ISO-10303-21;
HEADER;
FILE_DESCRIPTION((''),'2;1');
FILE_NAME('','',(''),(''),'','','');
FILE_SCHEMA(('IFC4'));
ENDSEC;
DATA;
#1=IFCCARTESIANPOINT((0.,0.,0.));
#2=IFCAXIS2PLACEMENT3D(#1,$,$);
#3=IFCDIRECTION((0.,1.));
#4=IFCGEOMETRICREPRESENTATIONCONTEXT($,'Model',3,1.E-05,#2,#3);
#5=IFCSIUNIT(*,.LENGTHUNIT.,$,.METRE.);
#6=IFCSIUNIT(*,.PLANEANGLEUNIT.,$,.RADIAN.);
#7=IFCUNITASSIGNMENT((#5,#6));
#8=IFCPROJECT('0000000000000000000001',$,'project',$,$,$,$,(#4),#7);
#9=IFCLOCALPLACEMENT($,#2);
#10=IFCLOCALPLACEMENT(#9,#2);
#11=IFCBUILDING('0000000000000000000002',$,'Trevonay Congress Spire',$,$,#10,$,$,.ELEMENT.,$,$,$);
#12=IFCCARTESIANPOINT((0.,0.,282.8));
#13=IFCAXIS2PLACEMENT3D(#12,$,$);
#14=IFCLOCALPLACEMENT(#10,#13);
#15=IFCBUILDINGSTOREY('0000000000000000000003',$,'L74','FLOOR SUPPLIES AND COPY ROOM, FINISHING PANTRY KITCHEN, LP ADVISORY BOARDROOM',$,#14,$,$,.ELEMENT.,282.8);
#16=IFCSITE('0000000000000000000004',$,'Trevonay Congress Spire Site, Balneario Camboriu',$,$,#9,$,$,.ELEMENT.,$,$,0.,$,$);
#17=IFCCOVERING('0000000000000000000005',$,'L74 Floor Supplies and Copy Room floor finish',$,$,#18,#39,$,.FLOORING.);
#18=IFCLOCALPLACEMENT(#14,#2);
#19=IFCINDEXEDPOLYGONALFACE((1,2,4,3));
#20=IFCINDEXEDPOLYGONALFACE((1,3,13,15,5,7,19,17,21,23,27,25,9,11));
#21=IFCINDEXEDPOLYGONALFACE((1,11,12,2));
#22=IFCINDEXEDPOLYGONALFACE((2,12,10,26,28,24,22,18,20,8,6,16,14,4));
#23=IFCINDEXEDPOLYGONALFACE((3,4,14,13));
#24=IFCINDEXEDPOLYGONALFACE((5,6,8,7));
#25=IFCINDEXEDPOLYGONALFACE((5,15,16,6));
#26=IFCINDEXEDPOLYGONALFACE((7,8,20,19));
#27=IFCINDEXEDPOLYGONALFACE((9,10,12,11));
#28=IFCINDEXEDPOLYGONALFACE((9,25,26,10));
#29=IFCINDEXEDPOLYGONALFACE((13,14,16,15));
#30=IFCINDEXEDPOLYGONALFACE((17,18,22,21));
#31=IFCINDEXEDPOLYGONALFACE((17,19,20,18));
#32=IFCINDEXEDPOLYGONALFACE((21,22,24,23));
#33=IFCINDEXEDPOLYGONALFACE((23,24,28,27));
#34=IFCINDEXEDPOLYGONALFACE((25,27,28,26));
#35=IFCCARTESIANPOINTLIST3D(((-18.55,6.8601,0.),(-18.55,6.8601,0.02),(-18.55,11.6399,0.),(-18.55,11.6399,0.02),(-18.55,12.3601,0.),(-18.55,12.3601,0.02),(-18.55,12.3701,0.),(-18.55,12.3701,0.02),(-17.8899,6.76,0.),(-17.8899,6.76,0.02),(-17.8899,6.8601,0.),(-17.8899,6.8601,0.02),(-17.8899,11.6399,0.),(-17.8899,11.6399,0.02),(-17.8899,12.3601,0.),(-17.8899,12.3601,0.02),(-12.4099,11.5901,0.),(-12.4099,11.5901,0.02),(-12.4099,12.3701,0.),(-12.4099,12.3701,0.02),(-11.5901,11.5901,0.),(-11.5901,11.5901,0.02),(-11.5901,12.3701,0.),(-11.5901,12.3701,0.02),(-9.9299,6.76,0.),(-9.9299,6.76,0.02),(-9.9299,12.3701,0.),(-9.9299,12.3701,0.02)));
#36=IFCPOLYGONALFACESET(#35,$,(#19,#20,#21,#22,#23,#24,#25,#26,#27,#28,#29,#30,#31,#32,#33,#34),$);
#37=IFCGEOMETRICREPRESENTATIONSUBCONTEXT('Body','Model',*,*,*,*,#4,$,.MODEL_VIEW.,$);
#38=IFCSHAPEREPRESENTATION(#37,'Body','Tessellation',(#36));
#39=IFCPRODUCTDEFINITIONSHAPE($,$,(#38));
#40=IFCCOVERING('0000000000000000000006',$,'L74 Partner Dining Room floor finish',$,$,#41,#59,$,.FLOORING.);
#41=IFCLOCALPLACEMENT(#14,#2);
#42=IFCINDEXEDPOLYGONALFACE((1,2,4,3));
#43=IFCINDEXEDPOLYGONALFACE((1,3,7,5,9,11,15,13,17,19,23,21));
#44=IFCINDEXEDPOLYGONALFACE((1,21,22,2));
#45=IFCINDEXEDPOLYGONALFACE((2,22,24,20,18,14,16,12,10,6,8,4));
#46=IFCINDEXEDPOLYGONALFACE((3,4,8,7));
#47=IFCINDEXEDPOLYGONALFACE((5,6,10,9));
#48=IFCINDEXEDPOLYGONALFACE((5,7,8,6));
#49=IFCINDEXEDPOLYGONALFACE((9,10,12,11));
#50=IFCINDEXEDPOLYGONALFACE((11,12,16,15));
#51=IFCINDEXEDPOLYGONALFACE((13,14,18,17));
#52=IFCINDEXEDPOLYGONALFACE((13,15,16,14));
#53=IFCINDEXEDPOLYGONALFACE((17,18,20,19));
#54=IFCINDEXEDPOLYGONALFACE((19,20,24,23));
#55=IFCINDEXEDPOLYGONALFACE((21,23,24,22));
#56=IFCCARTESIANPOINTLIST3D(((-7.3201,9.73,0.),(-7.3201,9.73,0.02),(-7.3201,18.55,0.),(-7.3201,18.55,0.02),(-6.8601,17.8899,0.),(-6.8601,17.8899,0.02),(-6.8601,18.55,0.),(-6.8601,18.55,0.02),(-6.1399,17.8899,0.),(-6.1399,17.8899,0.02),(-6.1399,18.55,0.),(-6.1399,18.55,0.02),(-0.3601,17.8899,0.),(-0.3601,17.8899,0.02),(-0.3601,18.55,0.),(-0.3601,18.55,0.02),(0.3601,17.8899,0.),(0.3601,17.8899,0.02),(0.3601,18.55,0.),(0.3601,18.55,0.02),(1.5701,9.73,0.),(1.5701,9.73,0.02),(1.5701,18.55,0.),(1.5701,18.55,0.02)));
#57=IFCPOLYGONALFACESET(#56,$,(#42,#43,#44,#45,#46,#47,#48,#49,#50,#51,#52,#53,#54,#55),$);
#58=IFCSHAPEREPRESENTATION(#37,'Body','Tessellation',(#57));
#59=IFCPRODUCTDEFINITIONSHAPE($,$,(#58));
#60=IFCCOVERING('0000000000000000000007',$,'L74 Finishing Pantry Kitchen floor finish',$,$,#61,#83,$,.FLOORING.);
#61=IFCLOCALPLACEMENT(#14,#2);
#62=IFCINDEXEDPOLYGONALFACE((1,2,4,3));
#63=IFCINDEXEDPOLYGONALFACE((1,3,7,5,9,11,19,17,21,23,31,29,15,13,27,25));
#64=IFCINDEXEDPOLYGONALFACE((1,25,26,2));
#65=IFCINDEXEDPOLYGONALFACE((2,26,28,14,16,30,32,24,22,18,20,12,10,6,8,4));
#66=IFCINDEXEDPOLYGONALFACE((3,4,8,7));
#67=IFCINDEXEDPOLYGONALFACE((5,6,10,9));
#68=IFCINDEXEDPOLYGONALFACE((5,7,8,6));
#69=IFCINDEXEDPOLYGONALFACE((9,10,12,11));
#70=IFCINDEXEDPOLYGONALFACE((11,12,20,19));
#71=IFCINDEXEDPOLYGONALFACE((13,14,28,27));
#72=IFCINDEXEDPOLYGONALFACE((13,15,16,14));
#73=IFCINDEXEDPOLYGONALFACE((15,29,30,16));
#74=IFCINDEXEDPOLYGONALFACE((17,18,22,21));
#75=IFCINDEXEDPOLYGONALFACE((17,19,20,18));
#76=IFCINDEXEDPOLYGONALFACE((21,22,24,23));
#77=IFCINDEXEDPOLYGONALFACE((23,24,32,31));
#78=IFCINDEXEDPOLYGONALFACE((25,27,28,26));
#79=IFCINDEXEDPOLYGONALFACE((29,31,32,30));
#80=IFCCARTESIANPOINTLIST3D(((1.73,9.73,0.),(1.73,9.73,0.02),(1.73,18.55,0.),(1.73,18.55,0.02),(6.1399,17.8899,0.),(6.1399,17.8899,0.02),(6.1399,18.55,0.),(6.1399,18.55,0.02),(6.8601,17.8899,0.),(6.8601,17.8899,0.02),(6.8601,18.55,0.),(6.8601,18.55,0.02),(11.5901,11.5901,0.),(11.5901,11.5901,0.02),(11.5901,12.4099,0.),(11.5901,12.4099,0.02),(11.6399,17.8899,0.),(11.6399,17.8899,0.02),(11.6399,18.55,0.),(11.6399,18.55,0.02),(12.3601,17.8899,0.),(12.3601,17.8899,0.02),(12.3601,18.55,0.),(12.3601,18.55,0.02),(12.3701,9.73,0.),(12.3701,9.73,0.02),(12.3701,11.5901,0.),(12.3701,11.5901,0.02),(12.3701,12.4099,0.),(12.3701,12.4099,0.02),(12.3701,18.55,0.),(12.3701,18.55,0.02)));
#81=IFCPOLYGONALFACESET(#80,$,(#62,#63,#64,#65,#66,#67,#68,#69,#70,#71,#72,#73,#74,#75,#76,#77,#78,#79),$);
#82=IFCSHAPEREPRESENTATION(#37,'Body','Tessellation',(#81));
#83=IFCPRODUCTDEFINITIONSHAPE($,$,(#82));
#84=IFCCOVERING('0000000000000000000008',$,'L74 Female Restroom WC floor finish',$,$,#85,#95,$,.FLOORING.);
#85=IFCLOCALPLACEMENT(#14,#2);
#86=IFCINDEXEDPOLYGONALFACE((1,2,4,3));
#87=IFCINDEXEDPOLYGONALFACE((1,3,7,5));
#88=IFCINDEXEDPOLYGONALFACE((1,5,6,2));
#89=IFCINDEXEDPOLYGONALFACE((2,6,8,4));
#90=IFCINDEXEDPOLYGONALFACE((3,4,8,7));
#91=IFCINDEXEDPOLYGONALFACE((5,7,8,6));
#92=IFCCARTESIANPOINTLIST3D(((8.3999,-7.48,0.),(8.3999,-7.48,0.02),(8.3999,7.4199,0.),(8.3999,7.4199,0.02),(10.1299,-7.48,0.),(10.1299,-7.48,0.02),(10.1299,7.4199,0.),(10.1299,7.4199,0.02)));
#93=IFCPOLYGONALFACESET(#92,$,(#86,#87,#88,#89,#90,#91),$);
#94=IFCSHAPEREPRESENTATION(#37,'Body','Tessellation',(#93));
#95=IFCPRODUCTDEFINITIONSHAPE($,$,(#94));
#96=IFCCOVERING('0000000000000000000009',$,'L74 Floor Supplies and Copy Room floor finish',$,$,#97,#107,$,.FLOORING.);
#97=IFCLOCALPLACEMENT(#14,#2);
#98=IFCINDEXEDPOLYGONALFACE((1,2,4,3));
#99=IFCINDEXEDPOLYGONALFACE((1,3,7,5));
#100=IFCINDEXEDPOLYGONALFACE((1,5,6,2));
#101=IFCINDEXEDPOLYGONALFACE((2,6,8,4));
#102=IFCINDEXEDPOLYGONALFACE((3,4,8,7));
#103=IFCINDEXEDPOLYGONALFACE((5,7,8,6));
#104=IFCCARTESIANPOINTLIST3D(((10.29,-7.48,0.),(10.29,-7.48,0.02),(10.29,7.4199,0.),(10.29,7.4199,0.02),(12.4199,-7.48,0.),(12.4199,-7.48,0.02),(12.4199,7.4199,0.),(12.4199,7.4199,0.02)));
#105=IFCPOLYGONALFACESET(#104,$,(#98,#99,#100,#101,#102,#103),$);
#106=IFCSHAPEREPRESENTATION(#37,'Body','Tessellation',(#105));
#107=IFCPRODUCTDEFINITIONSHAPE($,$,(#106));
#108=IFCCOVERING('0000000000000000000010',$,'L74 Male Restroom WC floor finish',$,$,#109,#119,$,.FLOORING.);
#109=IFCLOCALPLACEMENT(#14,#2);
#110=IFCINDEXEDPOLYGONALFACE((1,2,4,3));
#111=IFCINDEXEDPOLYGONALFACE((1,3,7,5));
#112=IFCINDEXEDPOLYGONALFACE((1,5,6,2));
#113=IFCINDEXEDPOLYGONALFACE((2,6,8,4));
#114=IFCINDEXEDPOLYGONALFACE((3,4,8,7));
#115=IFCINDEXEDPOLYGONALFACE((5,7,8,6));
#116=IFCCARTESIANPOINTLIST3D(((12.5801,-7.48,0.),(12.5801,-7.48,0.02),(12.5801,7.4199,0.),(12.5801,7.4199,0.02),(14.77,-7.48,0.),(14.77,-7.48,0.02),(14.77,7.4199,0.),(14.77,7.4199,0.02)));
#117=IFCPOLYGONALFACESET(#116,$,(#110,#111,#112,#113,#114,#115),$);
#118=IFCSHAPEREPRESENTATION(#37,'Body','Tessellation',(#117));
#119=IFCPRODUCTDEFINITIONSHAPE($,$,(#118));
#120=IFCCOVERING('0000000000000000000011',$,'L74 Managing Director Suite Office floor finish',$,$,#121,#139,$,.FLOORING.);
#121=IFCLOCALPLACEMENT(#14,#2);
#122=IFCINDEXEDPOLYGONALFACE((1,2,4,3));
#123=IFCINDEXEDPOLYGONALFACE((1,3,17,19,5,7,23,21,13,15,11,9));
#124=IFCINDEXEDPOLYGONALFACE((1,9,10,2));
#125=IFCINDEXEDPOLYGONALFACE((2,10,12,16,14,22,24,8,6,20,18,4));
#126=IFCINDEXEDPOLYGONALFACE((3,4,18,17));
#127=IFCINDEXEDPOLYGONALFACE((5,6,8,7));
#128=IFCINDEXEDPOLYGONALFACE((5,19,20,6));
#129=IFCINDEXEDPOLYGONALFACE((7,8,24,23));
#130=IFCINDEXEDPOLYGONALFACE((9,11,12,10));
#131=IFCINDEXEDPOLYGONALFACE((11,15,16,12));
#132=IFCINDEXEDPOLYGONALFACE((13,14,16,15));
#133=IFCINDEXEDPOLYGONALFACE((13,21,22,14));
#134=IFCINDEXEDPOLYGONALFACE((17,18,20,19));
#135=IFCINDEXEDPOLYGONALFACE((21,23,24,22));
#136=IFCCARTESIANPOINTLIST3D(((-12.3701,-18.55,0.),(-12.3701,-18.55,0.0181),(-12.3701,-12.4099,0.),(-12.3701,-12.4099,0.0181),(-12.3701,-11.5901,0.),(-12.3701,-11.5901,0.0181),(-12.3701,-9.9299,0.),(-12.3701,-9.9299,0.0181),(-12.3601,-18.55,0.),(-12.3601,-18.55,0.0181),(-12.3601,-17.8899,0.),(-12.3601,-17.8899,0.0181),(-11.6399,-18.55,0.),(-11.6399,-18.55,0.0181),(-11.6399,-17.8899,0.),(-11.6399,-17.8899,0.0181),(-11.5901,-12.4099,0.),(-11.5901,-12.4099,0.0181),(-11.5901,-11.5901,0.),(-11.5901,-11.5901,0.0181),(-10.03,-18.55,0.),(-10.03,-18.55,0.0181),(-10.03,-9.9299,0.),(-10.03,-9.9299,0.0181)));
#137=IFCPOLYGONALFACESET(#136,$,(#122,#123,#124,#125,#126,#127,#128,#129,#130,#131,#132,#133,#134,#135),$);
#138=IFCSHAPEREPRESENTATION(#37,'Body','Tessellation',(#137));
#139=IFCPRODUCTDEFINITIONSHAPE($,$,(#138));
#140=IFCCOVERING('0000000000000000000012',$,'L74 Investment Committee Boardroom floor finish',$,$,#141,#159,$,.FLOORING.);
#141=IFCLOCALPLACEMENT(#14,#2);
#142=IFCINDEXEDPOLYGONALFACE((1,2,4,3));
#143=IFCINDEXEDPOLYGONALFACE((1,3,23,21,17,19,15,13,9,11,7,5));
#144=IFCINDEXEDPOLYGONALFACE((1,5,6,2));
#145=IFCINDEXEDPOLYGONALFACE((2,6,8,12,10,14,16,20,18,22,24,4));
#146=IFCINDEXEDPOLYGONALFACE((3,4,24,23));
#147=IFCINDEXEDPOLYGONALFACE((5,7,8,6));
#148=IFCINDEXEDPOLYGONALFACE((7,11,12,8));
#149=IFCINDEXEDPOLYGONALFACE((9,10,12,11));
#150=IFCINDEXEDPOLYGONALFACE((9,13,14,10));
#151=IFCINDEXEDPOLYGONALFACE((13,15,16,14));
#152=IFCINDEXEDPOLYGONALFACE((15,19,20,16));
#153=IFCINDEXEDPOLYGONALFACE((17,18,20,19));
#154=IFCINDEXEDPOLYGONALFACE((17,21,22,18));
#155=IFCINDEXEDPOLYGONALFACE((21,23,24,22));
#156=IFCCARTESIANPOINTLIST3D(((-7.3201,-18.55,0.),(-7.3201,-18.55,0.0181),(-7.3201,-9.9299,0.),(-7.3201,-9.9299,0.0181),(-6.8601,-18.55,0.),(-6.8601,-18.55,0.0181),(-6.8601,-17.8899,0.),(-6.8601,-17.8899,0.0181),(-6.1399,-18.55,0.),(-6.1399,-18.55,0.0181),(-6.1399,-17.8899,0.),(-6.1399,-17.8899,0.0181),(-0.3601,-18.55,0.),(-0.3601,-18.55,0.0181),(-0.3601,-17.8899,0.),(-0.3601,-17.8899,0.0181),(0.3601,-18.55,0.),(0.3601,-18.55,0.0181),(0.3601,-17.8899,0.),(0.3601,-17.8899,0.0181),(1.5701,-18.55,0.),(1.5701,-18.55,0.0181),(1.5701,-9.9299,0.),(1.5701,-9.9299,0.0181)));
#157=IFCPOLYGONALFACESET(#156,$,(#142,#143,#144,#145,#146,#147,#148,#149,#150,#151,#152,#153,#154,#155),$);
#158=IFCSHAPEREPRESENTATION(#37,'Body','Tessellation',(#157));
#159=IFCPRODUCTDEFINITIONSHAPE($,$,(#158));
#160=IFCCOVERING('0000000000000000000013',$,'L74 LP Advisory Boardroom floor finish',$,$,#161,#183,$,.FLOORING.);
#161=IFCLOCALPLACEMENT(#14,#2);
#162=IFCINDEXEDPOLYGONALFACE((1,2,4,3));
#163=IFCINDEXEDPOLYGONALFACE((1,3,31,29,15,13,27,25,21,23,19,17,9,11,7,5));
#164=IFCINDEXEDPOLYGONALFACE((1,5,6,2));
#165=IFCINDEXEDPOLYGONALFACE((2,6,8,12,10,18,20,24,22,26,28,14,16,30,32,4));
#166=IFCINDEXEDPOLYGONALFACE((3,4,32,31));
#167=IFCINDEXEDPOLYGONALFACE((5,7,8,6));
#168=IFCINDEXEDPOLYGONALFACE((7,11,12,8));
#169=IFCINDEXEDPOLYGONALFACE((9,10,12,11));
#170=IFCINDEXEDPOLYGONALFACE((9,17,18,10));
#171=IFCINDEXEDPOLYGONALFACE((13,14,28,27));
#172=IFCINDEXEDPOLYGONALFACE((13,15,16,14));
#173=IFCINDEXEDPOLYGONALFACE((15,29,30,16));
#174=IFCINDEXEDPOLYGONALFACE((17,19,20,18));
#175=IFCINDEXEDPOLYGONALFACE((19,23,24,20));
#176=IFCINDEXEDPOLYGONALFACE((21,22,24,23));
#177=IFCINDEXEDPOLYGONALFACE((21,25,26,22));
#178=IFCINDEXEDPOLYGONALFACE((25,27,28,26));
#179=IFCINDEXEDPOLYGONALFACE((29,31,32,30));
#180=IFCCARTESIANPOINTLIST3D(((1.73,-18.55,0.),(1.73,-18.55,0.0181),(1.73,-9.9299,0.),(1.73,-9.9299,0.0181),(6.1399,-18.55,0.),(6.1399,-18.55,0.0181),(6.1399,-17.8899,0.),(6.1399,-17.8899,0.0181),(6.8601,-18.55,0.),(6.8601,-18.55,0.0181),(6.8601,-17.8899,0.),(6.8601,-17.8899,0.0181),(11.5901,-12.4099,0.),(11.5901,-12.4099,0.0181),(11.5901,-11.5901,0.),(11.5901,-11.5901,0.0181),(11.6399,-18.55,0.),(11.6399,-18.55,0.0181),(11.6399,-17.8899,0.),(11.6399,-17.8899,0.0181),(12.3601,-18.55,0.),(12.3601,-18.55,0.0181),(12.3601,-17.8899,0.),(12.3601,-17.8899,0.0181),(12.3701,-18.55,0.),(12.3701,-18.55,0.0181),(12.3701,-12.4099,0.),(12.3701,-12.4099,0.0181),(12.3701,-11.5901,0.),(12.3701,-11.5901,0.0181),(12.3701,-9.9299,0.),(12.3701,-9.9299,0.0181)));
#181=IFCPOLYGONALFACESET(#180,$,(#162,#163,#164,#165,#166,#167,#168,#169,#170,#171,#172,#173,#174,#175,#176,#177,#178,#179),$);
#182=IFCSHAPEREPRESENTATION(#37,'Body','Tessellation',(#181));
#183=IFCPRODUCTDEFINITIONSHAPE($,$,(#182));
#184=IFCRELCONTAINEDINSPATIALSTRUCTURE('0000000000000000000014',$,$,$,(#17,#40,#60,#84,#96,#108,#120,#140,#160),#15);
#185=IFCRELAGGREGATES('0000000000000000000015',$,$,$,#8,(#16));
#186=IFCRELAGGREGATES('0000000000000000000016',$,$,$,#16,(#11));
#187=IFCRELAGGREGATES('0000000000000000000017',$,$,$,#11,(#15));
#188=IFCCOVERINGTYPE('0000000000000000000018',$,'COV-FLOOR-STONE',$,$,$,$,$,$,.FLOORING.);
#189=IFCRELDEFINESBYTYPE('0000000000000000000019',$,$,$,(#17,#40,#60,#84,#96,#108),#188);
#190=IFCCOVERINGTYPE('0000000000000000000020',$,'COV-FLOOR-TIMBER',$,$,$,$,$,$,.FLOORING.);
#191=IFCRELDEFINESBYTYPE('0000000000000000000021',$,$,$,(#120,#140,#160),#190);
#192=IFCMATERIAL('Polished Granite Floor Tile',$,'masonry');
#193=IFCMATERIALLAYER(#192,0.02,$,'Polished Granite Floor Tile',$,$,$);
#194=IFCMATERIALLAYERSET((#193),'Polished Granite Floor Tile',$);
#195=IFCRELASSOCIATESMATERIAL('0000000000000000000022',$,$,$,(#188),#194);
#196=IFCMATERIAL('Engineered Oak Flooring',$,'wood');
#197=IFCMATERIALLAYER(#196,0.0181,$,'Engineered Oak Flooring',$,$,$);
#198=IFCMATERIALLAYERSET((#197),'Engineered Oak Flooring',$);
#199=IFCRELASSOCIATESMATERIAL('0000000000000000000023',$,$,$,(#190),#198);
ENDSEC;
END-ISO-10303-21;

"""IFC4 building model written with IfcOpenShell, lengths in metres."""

from ifc_helpers import new_model, si_unit, direction, frame, origin, place, context, subcontext, project, spatial, polyline, outline, extrude, material, layer, layer_set, type_object, element, save


model = new_model("IFC4")

# Units and contexts
model_context = context("Model", 3, precision=1e-05, world=origin(), true_north=direction((0.0, 1.0)))
body_context = subcontext(model_context, "Body", "Model", "MODEL_VIEW")
ifc_project = project(units=[si_unit("LENGTHUNIT", "METRE"), si_unit("PLANEANGLEUNIT", "RADIAN")], contexts=[model_context])

# Site, building, storey
site_placement = place(None, origin())
site = spatial("IfcSite", under=ifc_project, at=site_placement, Name="Trevonay Congress Spire Site, Balneario Camboriu", CompositionType="ELEMENT", RefElevation=0.0)
building_placement = place(site_placement, origin())
building = spatial("IfcBuilding", under=site, at=building_placement, Name="Trevonay Congress Spire", CompositionType="ELEMENT")
storey_placement = place(building_placement, frame((0.0, 0.0, 282.8)))
storey = spatial("IfcBuildingStorey", under=building, at=storey_placement, Name="L74", Description="FLOOR SUPPLIES AND COPY ROOM, FINISHING PANTRY KITCHEN, LP ADVISORY BOARDROOM", CompositionType="ELEMENT", Elevation=282.8)

# Coverings
ifc_material_1 = material(Name="Polished Granite Floor Tile", Category="masonry")
ifc_layer_1 = layer(ifc_material_1, 0.02, Name="Polished Granite Floor Tile")
ifc_layer_set_1 = layer_set([ifc_layer_1], Name="Polished Granite Floor Tile")
covering_type_1 = type_object("IfcCoveringType", Name="COV-FLOOR-STONE", PredefinedType="FLOORING", material=ifc_layer_set_1)
covering_1_placement = place(storey_placement, origin())
element("IfcCovering", 1, at=covering_1_placement, inside=storey, type_object=covering_type_1, Name="L74 Floor Supplies and Copy Room floor finish", PredefinedType="FLOORING", context=body_context, shape_type="SweptSolid", body=[
    extrude(outline(polyline([(-9.9299, 12.3701), (-9.9299, 6.76), (-17.8899, 6.76), (-17.8899, 6.8601), (-18.55, 6.8601), (-18.55, 11.6399), (-17.8899, 11.6399), (-17.8899, 12.3601), (-18.55, 12.3601), (-18.55, 12.3701), (-12.4099, 12.3701), (-12.4099, 11.5901), (-11.5901, 11.5901), (-11.5901, 12.3701), (-9.9299, 12.3701)])), origin(), (0.0, 0.0, 1.0), 0.02),
])
covering_2_placement = place(storey_placement, origin())
element("IfcCovering", 2, at=covering_2_placement, inside=storey, type_object=covering_type_1, Name="L74 Partner Dining Room floor finish", PredefinedType="FLOORING", context=body_context, shape_type="SweptSolid", body=[
    extrude(outline(polyline([(1.5701, 18.55), (1.5701, 9.73), (-7.3201, 9.73), (-7.3201, 18.55), (-6.8601, 18.55), (-6.8601, 17.8899), (-6.1399, 17.8899), (-6.1399, 18.55), (-0.3601, 18.55), (-0.3601, 17.8899), (0.3601, 17.8899), (0.3601, 18.55), (1.5701, 18.55)])), origin(), (0.0, 0.0, 1.0), 0.02),
])
covering_3_placement = place(storey_placement, origin())
element("IfcCovering", 3, at=covering_3_placement, inside=storey, type_object=covering_type_1, Name="L74 Finishing Pantry Kitchen floor finish", PredefinedType="FLOORING", context=body_context, shape_type="SweptSolid", body=[
    extrude(outline(polyline([(12.3701, 9.73), (1.73, 9.73), (1.73, 18.55), (6.1399, 18.55), (6.1399, 17.8899), (6.8601, 17.8899), (6.8601, 18.55), (11.6399, 18.55), (11.6399, 17.8899), (12.3601, 17.8899), (12.3601, 18.55), (12.3701, 18.55), (12.3701, 12.4099), (11.5901, 12.4099), (11.5901, 11.5901), (12.3701, 11.5901), (12.3701, 9.73)])), origin(), (0.0, 0.0, 1.0), 0.02),
])
covering_4_placement = place(storey_placement, origin())
element("IfcCovering", 4, at=covering_4_placement, inside=storey, type_object=covering_type_1, Name="L74 Female Restroom WC floor finish", PredefinedType="FLOORING", context=body_context, shape_type="SweptSolid", body=[
    extrude(outline(polyline([(8.3999, -7.48), (10.1299, -7.48), (10.1299, 7.4199), (8.3999, 7.4199), (8.3999, -7.48)])), origin(), (0.0, 0.0, 1.0), 0.02),
])
covering_5_placement = place(storey_placement, origin())
element("IfcCovering", 5, at=covering_5_placement, inside=storey, type_object=covering_type_1, Name="L74 Floor Supplies and Copy Room floor finish", PredefinedType="FLOORING", context=body_context, shape_type="SweptSolid", body=[
    extrude(outline(polyline([(10.29, -7.48), (12.4199, -7.48), (12.4199, 7.4199), (10.29, 7.4199), (10.29, -7.48)])), origin(), (0.0, 0.0, 1.0), 0.02),
])
covering_6_placement = place(storey_placement, origin())
element("IfcCovering", 6, at=covering_6_placement, inside=storey, type_object=covering_type_1, Name="L74 Male Restroom WC floor finish", PredefinedType="FLOORING", context=body_context, shape_type="SweptSolid", body=[
    extrude(outline(polyline([(12.5801, -7.48), (14.77, -7.48), (14.77, 7.4199), (12.5801, 7.4199), (12.5801, -7.48)])), origin(), (0.0, 0.0, 1.0), 0.02),
])
ifc_material_2 = material(Name="Engineered Oak Flooring", Category="wood")
ifc_layer_2 = layer(ifc_material_2, 0.0181, Name="Engineered Oak Flooring")
ifc_layer_set_2 = layer_set([ifc_layer_2], Name="Engineered Oak Flooring")
covering_type_2 = type_object("IfcCoveringType", Name="COV-FLOOR-TIMBER", PredefinedType="FLOORING", material=ifc_layer_set_2)
covering_7_placement = place(storey_placement, origin())
element("IfcCovering", 7, at=covering_7_placement, inside=storey, type_object=covering_type_2, Name="L74 Managing Director Suite Office floor finish", PredefinedType="FLOORING", context=body_context, shape_type="SweptSolid", body=[
    extrude(outline(polyline([(-12.3701, -18.55), (-12.3701, -12.4099), (-11.5901, -12.4099), (-11.5901, -11.5901), (-12.3701, -11.5901), (-12.3701, -9.9299), (-10.03, -9.9299), (-10.03, -18.55), (-11.6399, -18.55), (-11.6399, -17.8899), (-12.3601, -17.8899), (-12.3601, -18.55), (-12.3701, -18.55)])), origin(), (0.0, 0.0, 1.0), 0.0181),
])
covering_8_placement = place(storey_placement, origin())
element("IfcCovering", 8, at=covering_8_placement, inside=storey, type_object=covering_type_2, Name="L74 Investment Committee Boardroom floor finish", PredefinedType="FLOORING", context=body_context, shape_type="SweptSolid", body=[
    extrude(outline(polyline([(-7.3201, -18.55), (-7.3201, -9.9299), (1.5701, -9.9299), (1.5701, -18.55), (0.3601, -18.55), (0.3601, -17.8899), (-0.3601, -17.8899), (-0.3601, -18.55), (-6.1399, -18.55), (-6.1399, -17.8899), (-6.8601, -17.8899), (-6.8601, -18.55), (-7.3201, -18.55)])), origin(), (0.0, 0.0, 1.0), 0.0181),
])
covering_9_placement = place(storey_placement, origin())
element("IfcCovering", 9, at=covering_9_placement, inside=storey, type_object=covering_type_2, Name="L74 LP Advisory Boardroom floor finish", PredefinedType="FLOORING", context=body_context, shape_type="SweptSolid", body=[
    extrude(outline(polyline([(1.73, -18.55), (1.73, -9.9299), (12.3701, -9.9299), (12.3701, -11.5901), (11.5901, -11.5901), (11.5901, -12.4099), (12.3701, -12.4099), (12.3701, -18.55), (12.3601, -18.55), (12.3601, -17.8899), (11.6399, -17.8899), (11.6399, -18.55), (6.8601, -18.55), (6.8601, -17.8899), (6.1399, -17.8899), (6.1399, -18.55), (1.73, -18.55)])), origin(), (0.0, 0.0, 1.0), 0.0181),
])

save(model, "model.ifc")
